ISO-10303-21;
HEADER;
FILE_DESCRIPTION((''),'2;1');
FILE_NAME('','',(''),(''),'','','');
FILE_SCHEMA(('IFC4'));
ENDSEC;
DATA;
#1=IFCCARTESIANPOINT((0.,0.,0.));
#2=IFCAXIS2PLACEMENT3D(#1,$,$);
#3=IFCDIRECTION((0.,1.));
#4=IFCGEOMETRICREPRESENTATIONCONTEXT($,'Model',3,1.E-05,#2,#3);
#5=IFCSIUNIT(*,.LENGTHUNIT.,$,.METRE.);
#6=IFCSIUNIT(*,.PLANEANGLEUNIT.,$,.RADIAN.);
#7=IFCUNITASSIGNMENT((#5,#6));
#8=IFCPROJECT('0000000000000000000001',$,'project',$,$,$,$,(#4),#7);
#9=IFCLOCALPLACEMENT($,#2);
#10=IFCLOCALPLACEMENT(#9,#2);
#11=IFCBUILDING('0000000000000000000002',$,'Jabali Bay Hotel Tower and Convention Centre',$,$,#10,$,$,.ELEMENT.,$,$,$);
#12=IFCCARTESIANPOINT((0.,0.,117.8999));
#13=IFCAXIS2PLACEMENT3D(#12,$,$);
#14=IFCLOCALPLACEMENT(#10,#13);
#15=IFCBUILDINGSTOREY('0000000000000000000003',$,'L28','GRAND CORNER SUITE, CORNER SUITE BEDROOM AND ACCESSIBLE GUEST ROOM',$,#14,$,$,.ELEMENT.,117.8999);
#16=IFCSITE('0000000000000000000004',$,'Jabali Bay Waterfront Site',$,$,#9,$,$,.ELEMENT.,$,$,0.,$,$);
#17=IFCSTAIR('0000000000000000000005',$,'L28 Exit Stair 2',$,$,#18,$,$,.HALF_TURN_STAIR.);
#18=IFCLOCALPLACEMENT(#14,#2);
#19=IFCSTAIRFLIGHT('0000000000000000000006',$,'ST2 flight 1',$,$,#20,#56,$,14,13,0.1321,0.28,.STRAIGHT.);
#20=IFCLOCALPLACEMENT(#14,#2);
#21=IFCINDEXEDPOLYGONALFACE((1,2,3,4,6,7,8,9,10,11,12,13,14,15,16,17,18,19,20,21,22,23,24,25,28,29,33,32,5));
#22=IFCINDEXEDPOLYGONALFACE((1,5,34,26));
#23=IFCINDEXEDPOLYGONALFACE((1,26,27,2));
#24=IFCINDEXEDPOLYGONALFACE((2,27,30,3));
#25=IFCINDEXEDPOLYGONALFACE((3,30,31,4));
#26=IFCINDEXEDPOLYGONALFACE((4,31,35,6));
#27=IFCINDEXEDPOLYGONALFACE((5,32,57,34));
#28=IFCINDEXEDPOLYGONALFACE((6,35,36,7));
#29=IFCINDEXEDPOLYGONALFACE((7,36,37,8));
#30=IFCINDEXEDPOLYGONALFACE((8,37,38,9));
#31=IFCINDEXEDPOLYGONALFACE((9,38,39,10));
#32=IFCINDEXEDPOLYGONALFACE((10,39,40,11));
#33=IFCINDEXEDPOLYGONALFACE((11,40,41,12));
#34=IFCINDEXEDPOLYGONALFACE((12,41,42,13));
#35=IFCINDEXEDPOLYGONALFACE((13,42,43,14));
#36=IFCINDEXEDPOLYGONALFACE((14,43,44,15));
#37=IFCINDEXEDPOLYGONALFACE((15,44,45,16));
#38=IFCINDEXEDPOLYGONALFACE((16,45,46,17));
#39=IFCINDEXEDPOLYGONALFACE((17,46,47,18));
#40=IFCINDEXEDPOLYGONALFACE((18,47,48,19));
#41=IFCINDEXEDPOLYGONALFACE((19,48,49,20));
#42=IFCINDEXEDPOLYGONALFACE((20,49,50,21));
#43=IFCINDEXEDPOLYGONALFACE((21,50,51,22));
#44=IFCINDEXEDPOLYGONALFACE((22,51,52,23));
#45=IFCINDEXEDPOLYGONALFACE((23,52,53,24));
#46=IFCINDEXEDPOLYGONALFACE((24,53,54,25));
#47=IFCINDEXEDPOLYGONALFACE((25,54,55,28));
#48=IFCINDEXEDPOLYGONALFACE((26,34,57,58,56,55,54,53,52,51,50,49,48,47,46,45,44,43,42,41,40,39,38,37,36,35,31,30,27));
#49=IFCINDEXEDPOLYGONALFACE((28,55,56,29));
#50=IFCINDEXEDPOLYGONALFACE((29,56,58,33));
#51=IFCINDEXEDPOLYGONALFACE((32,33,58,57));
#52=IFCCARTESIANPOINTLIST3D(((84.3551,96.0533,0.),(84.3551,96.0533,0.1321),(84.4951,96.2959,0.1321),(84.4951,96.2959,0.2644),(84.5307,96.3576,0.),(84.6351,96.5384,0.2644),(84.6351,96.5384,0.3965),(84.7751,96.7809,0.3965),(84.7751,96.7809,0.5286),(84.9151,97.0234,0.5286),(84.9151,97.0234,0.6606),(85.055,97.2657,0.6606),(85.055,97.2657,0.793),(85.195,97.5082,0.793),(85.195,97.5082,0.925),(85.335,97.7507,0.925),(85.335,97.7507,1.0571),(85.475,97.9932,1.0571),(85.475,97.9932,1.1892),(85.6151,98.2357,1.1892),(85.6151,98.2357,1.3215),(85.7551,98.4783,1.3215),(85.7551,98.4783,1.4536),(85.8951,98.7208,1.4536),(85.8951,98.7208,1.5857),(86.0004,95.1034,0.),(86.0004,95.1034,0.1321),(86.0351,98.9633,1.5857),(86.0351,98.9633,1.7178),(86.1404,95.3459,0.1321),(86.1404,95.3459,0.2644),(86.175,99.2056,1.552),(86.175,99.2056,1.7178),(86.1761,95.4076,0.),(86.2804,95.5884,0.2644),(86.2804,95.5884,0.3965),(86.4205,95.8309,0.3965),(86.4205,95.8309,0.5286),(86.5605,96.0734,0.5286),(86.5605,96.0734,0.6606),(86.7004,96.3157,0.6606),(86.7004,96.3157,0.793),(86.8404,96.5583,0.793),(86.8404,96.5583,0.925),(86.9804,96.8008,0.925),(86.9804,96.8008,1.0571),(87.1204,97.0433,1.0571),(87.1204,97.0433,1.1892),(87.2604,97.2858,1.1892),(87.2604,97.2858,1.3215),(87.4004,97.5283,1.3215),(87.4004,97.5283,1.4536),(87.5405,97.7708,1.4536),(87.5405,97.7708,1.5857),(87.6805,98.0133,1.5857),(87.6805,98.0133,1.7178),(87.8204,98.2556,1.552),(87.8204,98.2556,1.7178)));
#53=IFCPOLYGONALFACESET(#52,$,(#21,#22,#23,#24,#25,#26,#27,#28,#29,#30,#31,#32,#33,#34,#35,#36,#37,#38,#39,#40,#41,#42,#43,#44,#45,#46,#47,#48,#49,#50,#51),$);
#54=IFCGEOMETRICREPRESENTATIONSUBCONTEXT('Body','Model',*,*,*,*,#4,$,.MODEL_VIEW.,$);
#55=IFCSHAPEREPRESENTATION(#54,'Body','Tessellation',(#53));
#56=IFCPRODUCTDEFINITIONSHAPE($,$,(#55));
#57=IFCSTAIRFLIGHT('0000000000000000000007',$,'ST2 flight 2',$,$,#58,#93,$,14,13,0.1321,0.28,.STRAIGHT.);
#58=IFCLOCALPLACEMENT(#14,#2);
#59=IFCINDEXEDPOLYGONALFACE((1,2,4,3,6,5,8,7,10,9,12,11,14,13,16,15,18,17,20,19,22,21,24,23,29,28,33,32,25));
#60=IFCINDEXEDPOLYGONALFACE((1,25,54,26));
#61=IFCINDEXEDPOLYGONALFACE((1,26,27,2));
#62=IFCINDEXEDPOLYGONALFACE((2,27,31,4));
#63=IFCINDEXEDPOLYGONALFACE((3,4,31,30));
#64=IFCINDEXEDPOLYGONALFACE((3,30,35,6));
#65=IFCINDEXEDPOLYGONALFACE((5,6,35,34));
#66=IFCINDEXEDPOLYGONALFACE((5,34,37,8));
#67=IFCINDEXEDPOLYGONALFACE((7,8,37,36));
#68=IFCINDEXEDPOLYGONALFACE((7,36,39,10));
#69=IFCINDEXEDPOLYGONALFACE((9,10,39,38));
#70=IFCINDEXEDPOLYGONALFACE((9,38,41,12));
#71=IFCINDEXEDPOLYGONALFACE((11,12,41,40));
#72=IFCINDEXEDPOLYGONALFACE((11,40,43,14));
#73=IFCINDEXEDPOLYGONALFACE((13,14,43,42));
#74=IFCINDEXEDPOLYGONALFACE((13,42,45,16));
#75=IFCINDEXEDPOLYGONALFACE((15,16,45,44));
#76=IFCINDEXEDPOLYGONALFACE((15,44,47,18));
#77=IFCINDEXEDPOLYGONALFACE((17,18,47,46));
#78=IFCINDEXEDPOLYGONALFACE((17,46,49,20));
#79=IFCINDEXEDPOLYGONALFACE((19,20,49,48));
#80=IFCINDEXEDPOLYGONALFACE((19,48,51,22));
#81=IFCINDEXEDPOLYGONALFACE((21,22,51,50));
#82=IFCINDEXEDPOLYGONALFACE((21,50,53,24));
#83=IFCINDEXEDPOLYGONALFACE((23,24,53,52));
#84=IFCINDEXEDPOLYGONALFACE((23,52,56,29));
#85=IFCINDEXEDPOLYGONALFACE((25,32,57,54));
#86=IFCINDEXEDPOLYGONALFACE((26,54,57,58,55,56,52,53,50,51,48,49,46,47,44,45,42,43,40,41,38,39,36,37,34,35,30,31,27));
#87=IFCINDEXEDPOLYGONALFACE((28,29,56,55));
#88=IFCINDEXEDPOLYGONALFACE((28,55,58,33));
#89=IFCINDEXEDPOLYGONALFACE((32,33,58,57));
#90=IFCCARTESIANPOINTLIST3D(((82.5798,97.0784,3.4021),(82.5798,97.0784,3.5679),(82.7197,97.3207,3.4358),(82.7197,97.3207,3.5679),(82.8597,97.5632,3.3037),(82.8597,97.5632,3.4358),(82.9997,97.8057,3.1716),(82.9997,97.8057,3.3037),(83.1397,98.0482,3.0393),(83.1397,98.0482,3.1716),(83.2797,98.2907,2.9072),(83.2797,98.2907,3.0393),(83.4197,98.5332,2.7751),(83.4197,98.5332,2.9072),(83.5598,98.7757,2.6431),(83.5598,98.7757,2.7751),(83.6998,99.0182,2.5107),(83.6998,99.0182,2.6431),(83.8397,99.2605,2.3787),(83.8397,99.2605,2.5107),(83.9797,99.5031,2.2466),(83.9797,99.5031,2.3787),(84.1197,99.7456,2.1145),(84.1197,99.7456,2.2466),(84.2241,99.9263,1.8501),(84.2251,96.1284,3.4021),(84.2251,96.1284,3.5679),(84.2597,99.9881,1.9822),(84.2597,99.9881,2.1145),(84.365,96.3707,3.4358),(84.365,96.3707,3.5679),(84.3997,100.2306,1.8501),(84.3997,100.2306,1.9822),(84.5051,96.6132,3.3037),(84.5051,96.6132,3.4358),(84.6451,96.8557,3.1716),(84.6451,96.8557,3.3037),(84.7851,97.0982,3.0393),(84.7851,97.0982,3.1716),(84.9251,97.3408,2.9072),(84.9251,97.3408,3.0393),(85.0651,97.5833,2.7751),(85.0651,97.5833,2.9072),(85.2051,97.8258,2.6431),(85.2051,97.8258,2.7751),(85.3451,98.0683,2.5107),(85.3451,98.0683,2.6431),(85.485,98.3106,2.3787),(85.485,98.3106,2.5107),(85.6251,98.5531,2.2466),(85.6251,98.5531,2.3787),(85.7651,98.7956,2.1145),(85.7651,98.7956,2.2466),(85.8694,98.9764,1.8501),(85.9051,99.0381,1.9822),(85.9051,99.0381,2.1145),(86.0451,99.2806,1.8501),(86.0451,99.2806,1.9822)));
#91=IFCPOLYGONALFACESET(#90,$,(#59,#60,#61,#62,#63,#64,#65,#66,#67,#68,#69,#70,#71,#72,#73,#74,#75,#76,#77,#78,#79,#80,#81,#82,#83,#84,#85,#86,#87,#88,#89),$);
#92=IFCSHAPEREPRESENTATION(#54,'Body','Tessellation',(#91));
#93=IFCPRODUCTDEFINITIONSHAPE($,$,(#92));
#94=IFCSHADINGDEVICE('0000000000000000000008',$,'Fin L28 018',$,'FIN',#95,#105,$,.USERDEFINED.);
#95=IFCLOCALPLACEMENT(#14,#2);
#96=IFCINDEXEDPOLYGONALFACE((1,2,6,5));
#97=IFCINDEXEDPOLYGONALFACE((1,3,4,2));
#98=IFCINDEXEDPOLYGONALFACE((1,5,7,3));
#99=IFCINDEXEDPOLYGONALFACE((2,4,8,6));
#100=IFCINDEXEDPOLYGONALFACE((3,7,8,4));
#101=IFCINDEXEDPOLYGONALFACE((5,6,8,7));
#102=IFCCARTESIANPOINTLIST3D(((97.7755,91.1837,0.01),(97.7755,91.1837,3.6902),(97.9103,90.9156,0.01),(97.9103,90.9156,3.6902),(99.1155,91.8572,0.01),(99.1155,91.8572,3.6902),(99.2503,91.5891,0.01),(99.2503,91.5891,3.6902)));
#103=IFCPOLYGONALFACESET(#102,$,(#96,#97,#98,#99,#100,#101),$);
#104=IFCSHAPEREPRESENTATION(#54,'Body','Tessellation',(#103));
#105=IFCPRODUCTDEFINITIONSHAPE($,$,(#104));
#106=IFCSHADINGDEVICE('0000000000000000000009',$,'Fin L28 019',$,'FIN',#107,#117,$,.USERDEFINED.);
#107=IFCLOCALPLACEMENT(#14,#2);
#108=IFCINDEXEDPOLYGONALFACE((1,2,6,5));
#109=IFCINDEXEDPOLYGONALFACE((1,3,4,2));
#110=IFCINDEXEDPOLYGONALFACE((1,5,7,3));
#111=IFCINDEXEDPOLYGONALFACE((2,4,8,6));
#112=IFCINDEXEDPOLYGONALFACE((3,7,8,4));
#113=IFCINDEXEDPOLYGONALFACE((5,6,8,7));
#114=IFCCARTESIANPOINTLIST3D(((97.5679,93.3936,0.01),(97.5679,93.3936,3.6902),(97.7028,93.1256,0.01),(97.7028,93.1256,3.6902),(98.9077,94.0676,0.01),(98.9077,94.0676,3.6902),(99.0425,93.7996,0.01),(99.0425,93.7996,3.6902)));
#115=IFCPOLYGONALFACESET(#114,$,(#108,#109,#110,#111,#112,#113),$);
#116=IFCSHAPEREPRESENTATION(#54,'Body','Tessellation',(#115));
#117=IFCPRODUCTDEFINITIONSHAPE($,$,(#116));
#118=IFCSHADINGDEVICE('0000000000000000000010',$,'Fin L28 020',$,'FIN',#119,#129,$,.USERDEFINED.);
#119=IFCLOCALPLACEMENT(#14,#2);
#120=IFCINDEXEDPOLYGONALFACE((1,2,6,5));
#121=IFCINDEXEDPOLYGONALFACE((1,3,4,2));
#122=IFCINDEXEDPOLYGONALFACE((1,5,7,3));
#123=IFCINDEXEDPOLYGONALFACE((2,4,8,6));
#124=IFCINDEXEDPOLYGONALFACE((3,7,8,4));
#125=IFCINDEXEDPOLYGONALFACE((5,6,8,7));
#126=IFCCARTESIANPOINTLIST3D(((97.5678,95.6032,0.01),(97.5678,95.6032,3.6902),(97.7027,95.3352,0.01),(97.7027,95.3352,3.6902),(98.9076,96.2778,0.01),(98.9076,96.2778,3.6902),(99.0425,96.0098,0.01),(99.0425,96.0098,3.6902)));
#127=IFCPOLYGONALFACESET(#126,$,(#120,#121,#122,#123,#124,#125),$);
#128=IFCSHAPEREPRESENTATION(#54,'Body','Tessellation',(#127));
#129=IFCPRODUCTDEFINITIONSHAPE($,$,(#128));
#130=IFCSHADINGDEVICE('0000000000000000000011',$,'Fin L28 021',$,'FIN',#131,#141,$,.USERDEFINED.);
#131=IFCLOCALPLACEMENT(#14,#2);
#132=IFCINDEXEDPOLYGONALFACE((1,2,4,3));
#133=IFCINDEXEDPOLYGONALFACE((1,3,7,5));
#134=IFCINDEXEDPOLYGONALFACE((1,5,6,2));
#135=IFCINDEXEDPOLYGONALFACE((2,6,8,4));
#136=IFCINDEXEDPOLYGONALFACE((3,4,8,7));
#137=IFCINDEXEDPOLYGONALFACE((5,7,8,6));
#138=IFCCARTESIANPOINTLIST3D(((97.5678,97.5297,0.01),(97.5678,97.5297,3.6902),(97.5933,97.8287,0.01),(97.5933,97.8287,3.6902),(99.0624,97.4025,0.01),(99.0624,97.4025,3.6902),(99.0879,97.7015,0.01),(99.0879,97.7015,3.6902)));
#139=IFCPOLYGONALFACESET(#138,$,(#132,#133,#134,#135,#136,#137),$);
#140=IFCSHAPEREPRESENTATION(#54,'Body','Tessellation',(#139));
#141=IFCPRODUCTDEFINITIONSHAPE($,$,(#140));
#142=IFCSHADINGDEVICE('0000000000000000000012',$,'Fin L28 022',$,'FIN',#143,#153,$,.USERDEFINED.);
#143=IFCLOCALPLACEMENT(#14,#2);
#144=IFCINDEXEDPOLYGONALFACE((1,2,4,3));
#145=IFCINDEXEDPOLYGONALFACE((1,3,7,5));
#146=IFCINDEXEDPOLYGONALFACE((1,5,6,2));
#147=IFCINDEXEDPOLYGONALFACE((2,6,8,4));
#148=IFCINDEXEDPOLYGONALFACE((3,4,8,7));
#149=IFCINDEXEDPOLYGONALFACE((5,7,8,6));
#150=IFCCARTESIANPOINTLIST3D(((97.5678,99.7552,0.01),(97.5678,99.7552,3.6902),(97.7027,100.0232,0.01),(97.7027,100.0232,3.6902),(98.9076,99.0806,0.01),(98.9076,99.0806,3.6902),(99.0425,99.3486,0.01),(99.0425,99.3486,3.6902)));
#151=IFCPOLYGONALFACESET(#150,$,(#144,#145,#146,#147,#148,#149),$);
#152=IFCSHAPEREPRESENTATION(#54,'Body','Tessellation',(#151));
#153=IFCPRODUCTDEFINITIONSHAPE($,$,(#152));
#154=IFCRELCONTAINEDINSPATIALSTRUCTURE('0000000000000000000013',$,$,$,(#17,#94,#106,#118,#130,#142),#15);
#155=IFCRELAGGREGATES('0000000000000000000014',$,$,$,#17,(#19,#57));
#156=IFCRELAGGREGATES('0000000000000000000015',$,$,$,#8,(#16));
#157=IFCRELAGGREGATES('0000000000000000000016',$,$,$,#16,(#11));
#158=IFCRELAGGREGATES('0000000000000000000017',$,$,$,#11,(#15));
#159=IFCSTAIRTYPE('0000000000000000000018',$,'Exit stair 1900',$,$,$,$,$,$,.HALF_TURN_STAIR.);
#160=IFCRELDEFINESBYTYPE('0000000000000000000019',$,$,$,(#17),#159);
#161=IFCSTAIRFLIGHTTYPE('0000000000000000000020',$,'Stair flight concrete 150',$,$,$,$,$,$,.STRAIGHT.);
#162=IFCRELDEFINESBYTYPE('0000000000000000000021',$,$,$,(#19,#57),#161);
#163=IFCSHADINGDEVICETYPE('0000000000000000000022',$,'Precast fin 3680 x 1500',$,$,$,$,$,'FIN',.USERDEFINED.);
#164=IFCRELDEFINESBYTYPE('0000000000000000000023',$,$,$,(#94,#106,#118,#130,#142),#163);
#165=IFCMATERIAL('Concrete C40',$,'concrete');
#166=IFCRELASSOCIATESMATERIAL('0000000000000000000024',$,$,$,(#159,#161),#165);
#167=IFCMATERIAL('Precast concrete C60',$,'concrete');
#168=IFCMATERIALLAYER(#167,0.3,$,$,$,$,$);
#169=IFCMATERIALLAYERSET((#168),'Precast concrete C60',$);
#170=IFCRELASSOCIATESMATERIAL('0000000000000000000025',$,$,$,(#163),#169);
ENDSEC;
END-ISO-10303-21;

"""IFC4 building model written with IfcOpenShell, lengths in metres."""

from ifc_helpers import new_model, si_unit, direction, frame, frame_2d, origin, place, context, subcontext, project, spatial, polyline, rectangle, outline, extrude, material, layer, layer_set, type_object, element, aggregate, save


model = new_model("IFC4")

# Units and contexts
model_context = context("Model", 3, precision=1e-05, world=origin(), true_north=direction((0.0, 1.0)))
body_context = subcontext(model_context, "Body", "Model", "MODEL_VIEW")
ifc_project = project(units=[si_unit("LENGTHUNIT", "METRE"), si_unit("PLANEANGLEUNIT", "RADIAN")], contexts=[model_context])

# Site, building, storey
site_placement = place(None, origin())
site = spatial("IfcSite", under=ifc_project, at=site_placement, Name="Jabali Bay Waterfront Site", CompositionType="ELEMENT", RefElevation=0.0)
building_placement = place(site_placement, origin())
building = spatial("IfcBuilding", under=site, at=building_placement, Name="Jabali Bay Hotel Tower and Convention Centre", CompositionType="ELEMENT")
storey_placement = place(building_placement, frame((0.0, 0.0, 117.8999)))
storey = spatial("IfcBuildingStorey", under=building, at=storey_placement, Name="L28", Description="GRAND CORNER SUITE, CORNER SUITE BEDROOM AND ACCESSIBLE GUEST ROOM", CompositionType="ELEMENT", Elevation=117.8999)

# Shared definitions
ifc_material_1 = material(Name="Concrete C40", Category="concrete")

# Stair, stair flights
stair_type = type_object("IfcStairType", Name="Exit stair 1900", PredefinedType="HALF_TURN_STAIR", material=ifc_material_1)
stair_placement = place(storey_placement, origin())
stair = element("IfcStair", 1, at=stair_placement, inside=storey, type_object=stair_type, Name="L28 Exit Stair 2", PredefinedType="HALF_TURN_STAIR")
stair_flight_type = type_object("IfcStairFlightType", Name="Stair flight concrete 150", PredefinedType="STRAIGHT", material=ifc_material_1)
stair_flight_1_placement = place(storey_placement, frame((85.1777, 95.5784, 0.0), z_axis=(0.0, 0.0, 1.0), x_axis=(0.5, 0.866025, 0.0)))
stair_flight_1 = element("IfcStairFlight", 2, at=stair_flight_1_placement, type_object=stair_flight_type, Name="ST2 flight 1", NumberOfRisers=14, NumberOfTreads=13, PredefinedType="STRAIGHT", RiserHeight=0.1321, TreadLength=0.28, context=body_context, shape_type="SweptSolid", body=[
    extrude(outline(polyline([(0.0, 0.0), (0.0, 0.1321), (0.28, 0.1321), (0.28, 0.2644), (0.5601, 0.2644), (0.5601, 0.3965), (0.8401, 0.3965), (0.8401, 0.5286), (1.1201, 0.5286), (1.1201, 0.6606), (1.3999, 0.6606), (1.3999, 0.793), (1.6799, 0.793), (1.6799, 0.925), (1.96, 0.925), (1.96, 1.0571), (2.24, 1.0571), (2.24, 1.1892), (2.52, 1.1892), (2.52, 1.3215), (2.8, 1.3215), (2.8, 1.4536), (3.0801, 1.4536), (3.0801, 1.5857), (3.3601, 1.5857), (3.3601, 1.7178), (3.6399, 1.7178), (3.6399, 1.8501), (3.6399, 1.552), (0.3513, 0.0), (0.0, 0.0)])), frame((0.0, 0.95, 0.0), z_axis=(0.0, -1.0, 0.0), x_axis=(1.0, 0.0, 0.0)), (0.0, 0.0, 1.0), 1.8999),
])
stair_flight_2_placement = place(storey_placement, frame((85.2224, 99.7556, 1.8501), z_axis=(0.0, 0.0, 1.0), x_axis=(-0.5, -0.866025, 0.0)))
stair_flight_2 = element("IfcStairFlight", 3, at=stair_flight_2_placement, type_object=stair_flight_type, Name="ST2 flight 2", NumberOfRisers=14, NumberOfTreads=13, PredefinedType="STRAIGHT", RiserHeight=0.1321, TreadLength=0.28, context=body_context, shape_type="SweptSolid", body=[
    extrude(outline(polyline([(0.0, 0.0), (0.0, 0.1321), (0.28, 0.1321), (0.28, 0.2644), (0.5601, 0.2644), (0.5601, 0.3965), (0.8401, 0.3965), (0.8401, 0.5286), (1.1201, 0.5286), (1.1201, 0.6606), (1.3999, 0.6606), (1.3999, 0.793), (1.6799, 0.793), (1.6799, 0.925), (1.96, 0.925), (1.96, 1.0571), (2.24, 1.0571), (2.24, 1.1892), (2.52, 1.1892), (2.52, 1.3215), (2.8, 1.3215), (2.8, 1.4536), (3.0801, 1.4536), (3.0801, 1.5857), (3.3601, 1.5857), (3.3601, 1.7178), (3.6399, 1.7178), (3.6399, 1.8501), (3.6399, 1.552), (0.3513, 0.0), (0.0, 0.0)])), frame((0.0, 0.95, 0.0), z_axis=(0.0, -1.0, 0.0), x_axis=(1.0, 0.0, 0.0)), (0.0, 0.0, 1.0), 1.8999),
])
aggregate(stair, [stair_flight_1, stair_flight_2])

# Shading devices
ifc_material_2 = material(Name="Precast concrete C60", Category="concrete")
ifc_layer_1 = layer(ifc_material_2, 0.3)
ifc_layer_set_1 = layer_set([ifc_layer_1], Name="Precast concrete C60")
shading_device_type = type_object("IfcShadingDeviceType", Name="Precast fin 3680 x 1500", ElementType="FIN", PredefinedType="USERDEFINED", material=ifc_layer_set_1)
for number, where, z_axis, x_axis, name in (
    (4, (97.8428, 91.0496, 0.01), (0.0, 0.0, 1.0), (0.893481, 0.449101, 0.0), "Fin L28 018"),
    (5, (97.6353, 93.2595, 0.01), (0.0, 0.0, 1.0), (0.893318, 0.449426, 0.0), "Fin L28 019"),
):
    element("IfcShadingDevice", number, at=place(storey_placement, frame(where, z_axis=z_axis, x_axis=x_axis)), inside=storey, type_object=shading_device_type, Name=name, ObjectType="FIN", PredefinedType="USERDEFINED", context=body_context, shape_type="SweptSolid", body=[
        extrude(rectangle(XDim=1.4998, YDim=0.3, at=frame_2d((0.75, 0.0))), origin(), (0.0, 0.0, 1.0), 3.6802),
    ])
for number, where, z_axis, x_axis, name in (
    (6, (97.6353, 95.4692, 0.01), (0.0, 0.0, 1.0), (0.893187, 0.449686, 0.0), "Fin L28 020"),
    (7, (97.5806, 97.6792, 0.01), (0.0, 0.0, 1.0), (0.996398, -0.084796, 0.0), "Fin L28 021"),
    (8, (97.6353, 99.8892, 0.01), (0.0, 0.0, 1.0), (0.893187, -0.449686, 0.0), "Fin L28 022"),
):
    element("IfcShadingDevice", number, at=place(storey_placement, frame(where, z_axis=z_axis, x_axis=x_axis)), inside=storey, type_object=shading_device_type, Name=name, ObjectType="FIN", PredefinedType="USERDEFINED", context=body_context, shape_type="SweptSolid", body=[
        extrude(rectangle(XDim=1.5, YDim=0.3, at=frame_2d((0.75, 0.0))), origin(), (0.0, 0.0, 1.0), 3.6802),
    ])

save(model, "model.ifc")
